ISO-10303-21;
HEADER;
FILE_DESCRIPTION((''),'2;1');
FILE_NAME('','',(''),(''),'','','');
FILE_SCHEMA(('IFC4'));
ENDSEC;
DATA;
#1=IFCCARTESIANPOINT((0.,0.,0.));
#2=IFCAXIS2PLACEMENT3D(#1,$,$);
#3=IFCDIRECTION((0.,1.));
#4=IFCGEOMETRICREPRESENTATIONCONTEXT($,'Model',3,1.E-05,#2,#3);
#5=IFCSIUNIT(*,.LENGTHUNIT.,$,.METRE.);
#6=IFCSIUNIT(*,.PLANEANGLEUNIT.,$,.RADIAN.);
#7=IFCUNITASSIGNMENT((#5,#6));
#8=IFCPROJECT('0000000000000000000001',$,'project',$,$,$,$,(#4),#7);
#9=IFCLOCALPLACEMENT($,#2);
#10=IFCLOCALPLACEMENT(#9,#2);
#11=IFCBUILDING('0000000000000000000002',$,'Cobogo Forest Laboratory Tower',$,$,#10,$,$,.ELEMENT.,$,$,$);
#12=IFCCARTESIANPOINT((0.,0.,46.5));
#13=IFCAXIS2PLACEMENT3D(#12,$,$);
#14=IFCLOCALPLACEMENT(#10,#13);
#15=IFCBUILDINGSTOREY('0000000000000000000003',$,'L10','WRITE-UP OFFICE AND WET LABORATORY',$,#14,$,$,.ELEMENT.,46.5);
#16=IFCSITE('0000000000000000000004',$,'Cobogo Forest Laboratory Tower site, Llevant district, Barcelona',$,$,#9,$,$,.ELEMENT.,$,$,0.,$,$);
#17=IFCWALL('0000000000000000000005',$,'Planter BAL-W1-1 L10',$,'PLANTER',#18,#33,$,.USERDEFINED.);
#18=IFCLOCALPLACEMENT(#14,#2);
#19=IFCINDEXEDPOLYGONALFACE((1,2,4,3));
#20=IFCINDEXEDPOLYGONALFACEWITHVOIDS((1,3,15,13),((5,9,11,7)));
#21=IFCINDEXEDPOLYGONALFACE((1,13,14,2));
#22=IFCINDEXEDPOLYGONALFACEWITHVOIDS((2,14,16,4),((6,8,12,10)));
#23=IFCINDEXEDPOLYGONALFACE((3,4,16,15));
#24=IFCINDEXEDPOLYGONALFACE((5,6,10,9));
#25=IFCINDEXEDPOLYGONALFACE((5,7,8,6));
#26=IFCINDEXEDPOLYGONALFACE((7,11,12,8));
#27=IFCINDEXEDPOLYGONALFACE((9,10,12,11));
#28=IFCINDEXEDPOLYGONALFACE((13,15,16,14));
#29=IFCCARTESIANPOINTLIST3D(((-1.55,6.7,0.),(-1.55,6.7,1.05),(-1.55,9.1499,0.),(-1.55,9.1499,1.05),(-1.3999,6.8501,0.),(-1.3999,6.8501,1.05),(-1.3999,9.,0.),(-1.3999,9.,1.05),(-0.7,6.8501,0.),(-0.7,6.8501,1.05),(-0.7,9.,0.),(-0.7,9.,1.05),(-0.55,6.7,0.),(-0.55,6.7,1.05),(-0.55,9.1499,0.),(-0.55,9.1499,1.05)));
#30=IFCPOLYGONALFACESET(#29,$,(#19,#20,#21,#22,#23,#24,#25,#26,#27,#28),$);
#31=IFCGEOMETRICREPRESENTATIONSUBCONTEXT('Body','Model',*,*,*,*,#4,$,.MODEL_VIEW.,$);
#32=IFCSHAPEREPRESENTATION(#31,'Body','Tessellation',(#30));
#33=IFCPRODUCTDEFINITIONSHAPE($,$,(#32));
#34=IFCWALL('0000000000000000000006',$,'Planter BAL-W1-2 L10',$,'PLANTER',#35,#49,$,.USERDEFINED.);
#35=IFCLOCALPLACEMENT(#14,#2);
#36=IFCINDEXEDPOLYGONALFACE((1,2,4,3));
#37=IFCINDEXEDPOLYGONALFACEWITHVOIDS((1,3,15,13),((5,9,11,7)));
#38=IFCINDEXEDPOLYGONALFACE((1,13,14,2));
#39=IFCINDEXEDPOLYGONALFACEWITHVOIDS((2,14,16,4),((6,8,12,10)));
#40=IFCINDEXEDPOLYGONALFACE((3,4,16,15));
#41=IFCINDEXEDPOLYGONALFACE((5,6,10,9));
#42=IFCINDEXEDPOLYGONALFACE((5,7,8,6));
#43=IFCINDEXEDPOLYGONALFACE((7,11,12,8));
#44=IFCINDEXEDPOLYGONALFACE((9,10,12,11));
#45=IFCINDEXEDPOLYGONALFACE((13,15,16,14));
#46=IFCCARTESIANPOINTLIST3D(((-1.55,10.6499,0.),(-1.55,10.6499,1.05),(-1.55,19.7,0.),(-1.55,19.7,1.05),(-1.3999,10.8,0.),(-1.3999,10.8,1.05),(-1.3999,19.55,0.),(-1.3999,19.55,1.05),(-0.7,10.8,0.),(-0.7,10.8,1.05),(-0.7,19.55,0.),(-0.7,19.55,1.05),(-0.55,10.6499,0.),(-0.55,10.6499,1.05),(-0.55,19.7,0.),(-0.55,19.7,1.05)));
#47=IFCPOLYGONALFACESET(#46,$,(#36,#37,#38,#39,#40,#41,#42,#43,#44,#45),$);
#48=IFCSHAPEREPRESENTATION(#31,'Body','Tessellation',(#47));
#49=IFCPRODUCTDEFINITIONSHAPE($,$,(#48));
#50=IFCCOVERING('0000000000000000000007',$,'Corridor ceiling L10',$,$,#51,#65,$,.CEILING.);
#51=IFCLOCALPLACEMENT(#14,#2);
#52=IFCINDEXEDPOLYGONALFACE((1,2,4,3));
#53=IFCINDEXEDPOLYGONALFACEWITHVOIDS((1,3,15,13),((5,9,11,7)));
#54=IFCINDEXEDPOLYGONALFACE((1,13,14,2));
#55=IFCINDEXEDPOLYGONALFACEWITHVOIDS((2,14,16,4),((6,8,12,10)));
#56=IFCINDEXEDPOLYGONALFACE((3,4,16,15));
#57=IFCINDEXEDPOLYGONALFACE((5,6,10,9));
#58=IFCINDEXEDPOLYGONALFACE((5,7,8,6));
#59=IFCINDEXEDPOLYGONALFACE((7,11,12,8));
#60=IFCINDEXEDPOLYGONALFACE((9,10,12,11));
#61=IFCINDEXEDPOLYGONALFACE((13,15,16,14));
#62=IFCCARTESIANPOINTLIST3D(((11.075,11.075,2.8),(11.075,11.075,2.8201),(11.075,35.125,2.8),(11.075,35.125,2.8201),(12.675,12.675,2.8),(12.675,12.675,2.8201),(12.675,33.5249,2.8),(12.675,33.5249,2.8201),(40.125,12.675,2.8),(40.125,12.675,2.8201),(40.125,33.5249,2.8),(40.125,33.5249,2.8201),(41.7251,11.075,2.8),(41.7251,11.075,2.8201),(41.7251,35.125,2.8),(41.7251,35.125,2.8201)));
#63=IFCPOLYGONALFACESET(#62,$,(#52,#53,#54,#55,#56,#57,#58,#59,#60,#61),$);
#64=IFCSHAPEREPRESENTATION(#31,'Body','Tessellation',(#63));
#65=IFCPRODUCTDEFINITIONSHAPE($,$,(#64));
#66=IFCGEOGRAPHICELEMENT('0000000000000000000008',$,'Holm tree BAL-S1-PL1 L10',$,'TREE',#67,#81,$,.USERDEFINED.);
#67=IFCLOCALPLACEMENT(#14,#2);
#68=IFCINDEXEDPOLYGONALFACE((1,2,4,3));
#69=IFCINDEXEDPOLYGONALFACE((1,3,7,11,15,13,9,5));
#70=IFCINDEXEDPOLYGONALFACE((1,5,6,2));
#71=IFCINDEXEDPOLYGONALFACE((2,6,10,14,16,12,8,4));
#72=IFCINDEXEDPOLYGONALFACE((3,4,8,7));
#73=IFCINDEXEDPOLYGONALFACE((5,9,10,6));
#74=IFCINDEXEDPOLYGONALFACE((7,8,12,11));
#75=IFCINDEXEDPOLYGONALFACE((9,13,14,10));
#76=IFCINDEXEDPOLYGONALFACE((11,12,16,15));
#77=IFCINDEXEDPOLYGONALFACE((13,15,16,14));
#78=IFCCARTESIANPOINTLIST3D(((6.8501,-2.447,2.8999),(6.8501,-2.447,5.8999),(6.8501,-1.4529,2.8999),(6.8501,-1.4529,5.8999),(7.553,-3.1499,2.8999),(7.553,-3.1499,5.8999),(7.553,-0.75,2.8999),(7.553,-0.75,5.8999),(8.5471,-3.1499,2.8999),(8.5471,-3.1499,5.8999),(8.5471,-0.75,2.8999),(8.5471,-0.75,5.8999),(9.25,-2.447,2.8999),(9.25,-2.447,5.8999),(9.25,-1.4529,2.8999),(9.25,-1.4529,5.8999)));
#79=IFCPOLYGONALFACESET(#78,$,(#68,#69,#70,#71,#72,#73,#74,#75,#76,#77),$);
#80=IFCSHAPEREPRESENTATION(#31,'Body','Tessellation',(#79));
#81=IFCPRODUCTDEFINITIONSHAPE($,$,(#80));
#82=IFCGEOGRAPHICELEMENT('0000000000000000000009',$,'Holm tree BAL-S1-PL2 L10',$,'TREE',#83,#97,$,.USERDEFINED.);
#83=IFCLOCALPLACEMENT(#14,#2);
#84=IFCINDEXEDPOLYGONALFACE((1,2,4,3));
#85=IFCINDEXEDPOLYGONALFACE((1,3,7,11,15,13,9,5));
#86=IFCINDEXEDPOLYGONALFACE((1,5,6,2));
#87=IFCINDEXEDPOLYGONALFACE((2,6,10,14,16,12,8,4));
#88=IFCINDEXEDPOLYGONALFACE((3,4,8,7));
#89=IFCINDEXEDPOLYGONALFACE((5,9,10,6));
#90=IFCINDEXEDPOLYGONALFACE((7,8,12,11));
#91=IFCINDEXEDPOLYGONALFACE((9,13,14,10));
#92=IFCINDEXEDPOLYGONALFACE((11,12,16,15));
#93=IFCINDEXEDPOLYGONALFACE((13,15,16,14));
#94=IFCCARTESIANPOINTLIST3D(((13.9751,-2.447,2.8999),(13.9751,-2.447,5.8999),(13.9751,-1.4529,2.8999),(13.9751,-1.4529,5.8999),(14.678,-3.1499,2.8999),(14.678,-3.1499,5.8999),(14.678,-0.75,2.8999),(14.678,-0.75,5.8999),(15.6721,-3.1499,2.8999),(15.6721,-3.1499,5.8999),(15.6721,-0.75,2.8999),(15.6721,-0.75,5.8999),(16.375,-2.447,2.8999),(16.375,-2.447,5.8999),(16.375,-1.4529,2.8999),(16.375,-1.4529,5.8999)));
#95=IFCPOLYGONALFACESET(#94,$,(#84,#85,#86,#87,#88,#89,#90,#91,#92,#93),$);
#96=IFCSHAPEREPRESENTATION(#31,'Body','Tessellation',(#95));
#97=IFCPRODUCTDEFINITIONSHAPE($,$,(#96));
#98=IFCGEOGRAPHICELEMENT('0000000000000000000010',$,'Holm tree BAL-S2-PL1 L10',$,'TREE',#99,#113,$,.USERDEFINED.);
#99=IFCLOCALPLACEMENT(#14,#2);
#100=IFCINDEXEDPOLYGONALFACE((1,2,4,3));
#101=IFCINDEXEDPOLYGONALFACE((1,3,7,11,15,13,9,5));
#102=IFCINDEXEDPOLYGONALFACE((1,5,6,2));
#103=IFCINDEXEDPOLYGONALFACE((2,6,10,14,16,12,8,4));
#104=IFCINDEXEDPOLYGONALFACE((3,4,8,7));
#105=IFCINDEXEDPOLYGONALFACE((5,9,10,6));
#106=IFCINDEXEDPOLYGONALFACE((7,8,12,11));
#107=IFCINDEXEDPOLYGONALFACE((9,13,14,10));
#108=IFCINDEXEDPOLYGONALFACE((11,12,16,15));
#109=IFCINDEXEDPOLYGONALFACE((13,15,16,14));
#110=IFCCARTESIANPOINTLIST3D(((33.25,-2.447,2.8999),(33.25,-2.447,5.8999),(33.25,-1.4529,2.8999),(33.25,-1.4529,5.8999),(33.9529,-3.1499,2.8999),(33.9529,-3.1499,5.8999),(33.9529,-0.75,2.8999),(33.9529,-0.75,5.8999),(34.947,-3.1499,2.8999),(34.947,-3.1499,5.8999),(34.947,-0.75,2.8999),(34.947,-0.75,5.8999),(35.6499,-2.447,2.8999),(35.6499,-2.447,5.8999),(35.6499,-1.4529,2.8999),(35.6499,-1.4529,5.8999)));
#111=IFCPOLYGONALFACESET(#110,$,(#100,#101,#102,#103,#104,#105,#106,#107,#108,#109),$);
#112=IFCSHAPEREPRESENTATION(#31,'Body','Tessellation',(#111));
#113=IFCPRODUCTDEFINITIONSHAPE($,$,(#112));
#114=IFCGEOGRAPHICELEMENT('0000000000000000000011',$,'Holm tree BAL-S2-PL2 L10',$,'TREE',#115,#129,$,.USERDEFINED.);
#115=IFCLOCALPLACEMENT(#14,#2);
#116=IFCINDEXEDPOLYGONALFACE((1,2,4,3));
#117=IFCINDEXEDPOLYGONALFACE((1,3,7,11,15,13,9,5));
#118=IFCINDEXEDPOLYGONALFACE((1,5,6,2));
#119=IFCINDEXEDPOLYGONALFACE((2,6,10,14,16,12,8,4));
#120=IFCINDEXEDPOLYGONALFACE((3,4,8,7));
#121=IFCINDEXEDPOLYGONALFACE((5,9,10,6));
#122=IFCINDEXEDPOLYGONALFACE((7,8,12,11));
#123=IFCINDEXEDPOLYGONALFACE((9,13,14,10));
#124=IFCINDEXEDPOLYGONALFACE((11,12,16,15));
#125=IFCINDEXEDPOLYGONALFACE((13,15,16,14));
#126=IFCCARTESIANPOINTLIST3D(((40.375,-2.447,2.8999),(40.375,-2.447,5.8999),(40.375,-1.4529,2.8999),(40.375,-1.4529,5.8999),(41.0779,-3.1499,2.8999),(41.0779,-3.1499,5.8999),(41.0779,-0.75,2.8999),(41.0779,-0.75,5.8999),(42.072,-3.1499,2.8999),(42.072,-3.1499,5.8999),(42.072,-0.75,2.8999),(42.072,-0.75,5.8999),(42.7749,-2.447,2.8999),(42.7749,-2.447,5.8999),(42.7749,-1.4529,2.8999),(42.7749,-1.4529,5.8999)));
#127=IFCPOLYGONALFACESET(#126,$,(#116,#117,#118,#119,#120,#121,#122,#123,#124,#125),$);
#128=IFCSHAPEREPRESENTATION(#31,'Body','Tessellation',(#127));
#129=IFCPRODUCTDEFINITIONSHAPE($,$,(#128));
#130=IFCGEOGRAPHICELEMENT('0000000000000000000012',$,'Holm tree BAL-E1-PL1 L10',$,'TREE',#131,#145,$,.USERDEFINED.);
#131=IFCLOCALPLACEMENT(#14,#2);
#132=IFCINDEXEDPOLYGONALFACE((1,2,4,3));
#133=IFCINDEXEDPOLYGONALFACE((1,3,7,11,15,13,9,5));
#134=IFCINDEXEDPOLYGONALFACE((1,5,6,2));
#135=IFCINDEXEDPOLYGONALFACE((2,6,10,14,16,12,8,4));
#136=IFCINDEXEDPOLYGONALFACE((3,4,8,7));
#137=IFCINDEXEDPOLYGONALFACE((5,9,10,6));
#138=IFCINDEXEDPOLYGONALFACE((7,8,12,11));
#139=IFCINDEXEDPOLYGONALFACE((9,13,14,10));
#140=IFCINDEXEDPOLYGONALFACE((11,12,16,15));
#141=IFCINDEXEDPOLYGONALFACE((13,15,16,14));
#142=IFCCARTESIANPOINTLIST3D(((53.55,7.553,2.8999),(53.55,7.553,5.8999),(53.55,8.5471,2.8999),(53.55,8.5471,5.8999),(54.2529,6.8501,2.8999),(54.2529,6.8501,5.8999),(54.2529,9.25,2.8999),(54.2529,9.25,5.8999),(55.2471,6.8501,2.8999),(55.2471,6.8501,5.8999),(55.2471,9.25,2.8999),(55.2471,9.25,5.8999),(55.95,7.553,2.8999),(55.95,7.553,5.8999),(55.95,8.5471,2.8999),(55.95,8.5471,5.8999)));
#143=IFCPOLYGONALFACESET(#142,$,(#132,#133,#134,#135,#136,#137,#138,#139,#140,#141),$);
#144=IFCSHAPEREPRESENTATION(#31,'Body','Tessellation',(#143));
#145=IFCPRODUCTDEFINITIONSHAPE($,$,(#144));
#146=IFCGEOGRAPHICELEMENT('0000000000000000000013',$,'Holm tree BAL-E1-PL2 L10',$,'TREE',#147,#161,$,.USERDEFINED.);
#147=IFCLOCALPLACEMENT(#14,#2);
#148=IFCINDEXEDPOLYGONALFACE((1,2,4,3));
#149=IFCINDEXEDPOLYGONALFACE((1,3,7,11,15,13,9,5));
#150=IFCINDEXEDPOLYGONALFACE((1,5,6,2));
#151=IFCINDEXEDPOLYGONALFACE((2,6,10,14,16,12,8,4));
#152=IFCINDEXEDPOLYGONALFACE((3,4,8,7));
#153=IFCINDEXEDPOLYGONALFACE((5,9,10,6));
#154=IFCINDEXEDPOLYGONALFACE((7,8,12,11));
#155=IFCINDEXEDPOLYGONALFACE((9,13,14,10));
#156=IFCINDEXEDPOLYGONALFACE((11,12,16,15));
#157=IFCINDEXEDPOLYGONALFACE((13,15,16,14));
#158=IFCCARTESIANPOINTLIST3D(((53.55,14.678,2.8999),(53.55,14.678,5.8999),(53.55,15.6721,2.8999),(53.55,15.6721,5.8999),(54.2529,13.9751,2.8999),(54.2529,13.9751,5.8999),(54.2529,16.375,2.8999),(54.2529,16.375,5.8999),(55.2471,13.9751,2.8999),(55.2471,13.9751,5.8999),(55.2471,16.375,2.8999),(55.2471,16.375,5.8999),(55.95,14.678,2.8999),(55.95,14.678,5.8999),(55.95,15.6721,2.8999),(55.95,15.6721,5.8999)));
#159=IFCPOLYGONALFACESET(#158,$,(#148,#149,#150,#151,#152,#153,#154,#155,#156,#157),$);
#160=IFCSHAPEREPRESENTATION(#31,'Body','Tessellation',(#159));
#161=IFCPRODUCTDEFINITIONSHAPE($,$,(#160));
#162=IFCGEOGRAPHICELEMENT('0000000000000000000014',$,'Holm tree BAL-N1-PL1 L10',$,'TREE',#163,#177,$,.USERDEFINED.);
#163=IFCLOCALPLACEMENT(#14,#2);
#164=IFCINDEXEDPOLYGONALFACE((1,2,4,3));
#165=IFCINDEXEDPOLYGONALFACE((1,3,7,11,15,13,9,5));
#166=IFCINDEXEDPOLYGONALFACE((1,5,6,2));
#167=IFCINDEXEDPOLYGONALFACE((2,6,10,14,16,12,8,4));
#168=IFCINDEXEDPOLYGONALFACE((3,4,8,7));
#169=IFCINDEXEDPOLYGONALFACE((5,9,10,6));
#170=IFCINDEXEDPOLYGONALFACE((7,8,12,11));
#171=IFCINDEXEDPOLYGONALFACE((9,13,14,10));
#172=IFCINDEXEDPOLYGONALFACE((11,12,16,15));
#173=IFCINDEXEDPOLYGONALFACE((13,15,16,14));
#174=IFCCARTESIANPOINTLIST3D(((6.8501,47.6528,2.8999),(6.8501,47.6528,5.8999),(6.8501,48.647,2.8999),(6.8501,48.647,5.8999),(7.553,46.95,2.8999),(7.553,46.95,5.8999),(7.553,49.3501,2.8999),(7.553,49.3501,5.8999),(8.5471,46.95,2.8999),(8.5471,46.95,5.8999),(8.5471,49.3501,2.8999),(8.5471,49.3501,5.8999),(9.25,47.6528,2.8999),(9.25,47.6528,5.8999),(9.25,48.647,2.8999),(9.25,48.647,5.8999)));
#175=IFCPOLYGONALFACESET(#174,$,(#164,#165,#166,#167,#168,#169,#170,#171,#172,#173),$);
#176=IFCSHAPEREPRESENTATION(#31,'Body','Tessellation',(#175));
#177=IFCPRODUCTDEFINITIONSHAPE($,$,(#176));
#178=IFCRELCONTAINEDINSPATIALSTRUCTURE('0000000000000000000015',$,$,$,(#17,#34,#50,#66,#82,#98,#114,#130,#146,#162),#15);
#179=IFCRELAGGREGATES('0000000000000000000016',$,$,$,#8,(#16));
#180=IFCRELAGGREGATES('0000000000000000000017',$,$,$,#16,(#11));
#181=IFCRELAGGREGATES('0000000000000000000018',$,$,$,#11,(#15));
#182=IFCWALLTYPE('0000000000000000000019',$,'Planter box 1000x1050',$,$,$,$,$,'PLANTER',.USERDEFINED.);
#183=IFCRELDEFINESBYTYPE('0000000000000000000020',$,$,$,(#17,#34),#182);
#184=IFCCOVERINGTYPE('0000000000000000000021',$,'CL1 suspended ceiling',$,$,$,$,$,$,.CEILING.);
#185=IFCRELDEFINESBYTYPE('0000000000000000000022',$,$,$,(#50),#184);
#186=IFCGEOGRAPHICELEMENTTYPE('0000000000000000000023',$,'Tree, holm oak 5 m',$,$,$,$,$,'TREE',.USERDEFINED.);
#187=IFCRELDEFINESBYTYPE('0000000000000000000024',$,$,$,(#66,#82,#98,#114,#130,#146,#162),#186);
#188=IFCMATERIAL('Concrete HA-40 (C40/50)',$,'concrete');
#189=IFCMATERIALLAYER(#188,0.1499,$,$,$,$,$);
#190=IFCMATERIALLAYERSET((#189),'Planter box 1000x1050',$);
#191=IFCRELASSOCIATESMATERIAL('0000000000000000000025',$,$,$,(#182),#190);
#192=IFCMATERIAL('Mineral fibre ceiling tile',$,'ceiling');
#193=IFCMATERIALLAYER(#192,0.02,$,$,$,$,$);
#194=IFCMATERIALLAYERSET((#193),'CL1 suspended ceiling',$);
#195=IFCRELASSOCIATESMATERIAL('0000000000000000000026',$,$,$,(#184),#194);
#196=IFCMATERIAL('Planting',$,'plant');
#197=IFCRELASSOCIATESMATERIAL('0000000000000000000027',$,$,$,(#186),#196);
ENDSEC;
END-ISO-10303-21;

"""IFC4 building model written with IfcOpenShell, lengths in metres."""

from ifc_helpers import new_model, si_unit, direction, frame, origin, place, context, subcontext, project, spatial, polyline, outline, extrude, material, layer, layer_set, type_object, element, save


model = new_model("IFC4")

# Units and contexts
model_context = context("Model", 3, precision=1e-05, world=origin(), true_north=direction((0.0, 1.0)))
body_context = subcontext(model_context, "Body", "Model", "MODEL_VIEW")
ifc_project = project(units=[si_unit("LENGTHUNIT", "METRE"), si_unit("PLANEANGLEUNIT", "RADIAN")], contexts=[model_context])

# Site, building, storey
site_placement = place(None, origin())
site = spatial("IfcSite", under=ifc_project, at=site_placement, Name="Cobogo Forest Laboratory Tower site, Llevant district, Barcelona", CompositionType="ELEMENT", RefElevation=0.0)
building_placement = place(site_placement, origin())
building = spatial("IfcBuilding", under=site, at=building_placement, Name="Cobogo Forest Laboratory Tower", CompositionType="ELEMENT")
storey_placement = place(building_placement, frame((0.0, 0.0, 46.5)))
storey = spatial("IfcBuildingStorey", under=building, at=storey_placement, Name="L10", Description="WRITE-UP OFFICE AND WET LABORATORY", CompositionType="ELEMENT", Elevation=46.5)

# Shared definitions
ifc_material_1 = material(Name="Concrete HA-40 (C40/50)", Category="concrete")

# Walls
ifc_layer_1 = layer(ifc_material_1, 0.1499)
ifc_layer_set_1 = layer_set([ifc_layer_1], Name="Planter box 1000x1050")
wall_type = type_object("IfcWallType", Name="Planter box 1000x1050", ElementType="PLANTER", PredefinedType="USERDEFINED", material=ifc_layer_set_1)
wall_1_placement = place(storey_placement, origin())
element("IfcWall", 1, at=wall_1_placement, inside=storey, type_object=wall_type, Name="Planter BAL-W1-1 L10", ObjectType="PLANTER", PredefinedType="USERDEFINED", context=body_context, shape_type="SweptSolid", body=[
    extrude(outline(polyline([(-1.55, 6.7), (-0.55, 6.7), (-0.55, 9.1499), (-1.55, 9.1499), (-1.55, 6.7)]), holes=[polyline([(-1.3999, 6.8501), (-0.7, 6.8501), (-0.7, 9.0), (-1.3999, 9.0), (-1.3999, 6.8501)])]), origin(), (0.0, 0.0, 1.0), 1.05),
])
wall_2_placement = place(storey_placement, origin())
element("IfcWall", 2, at=wall_2_placement, inside=storey, type_object=wall_type, Name="Planter BAL-W1-2 L10", ObjectType="PLANTER", PredefinedType="USERDEFINED", context=body_context, shape_type="SweptSolid", body=[
    extrude(outline(polyline([(-1.55, 10.6499), (-0.55, 10.6499), (-0.55, 19.7), (-1.55, 19.7), (-1.55, 10.6499)]), holes=[polyline([(-1.3999, 10.8), (-0.7, 10.8), (-0.7, 19.55), (-1.3999, 19.55), (-1.3999, 10.8)])]), origin(), (0.0, 0.0, 1.0), 1.05),
])

# Covering
ifc_material_2 = material(Name="Mineral fibre ceiling tile", Category="ceiling")
ifc_layer_2 = layer(ifc_material_2, 0.02)
ifc_layer_set_2 = layer_set([ifc_layer_2], Name="CL1 suspended ceiling")
covering_type = type_object("IfcCoveringType", Name="CL1 suspended ceiling", PredefinedType="CEILING", material=ifc_layer_set_2)
covering_placement = place(storey_placement, frame((0.0, 0.0, 2.8)))
element("IfcCovering", 3, at=covering_placement, inside=storey, type_object=covering_type, Name="Corridor ceiling L10", PredefinedType="CEILING", context=body_context, shape_type="SweptSolid", body=[
    extrude(outline(polyline([(11.075, 11.075), (11.075, 35.125), (41.7251, 35.125), (41.7251, 11.075), (11.075, 11.075)]), holes=[polyline([(40.125, 33.5249), (12.675, 33.5249), (12.675, 12.675), (40.125, 12.675), (40.125, 33.5249)])]), origin(), (0.0, 0.0, 1.0), 0.02),
])

# Geographic elements
ifc_material_3 = material(Name="Planting", Category="plant")
geographic_element_type = type_object("IfcGeographicElementType", Name="Tree, holm oak 5 m", ElementType="TREE", PredefinedType="USERDEFINED", material=ifc_material_3)
geographic_element_1_placement = place(storey_placement, frame((0.0, 0.0, 2.8999)))
element("IfcGeographicElement", 4, at=geographic_element_1_placement, inside=storey, type_object=geographic_element_type, Name="Holm tree BAL-S1-PL1 L10", ObjectType="TREE", PredefinedType="USERDEFINED", context=body_context, shape_type="SweptSolid", body=[
    extrude(outline(polyline([(9.25, -2.447), (9.25, -1.4529), (8.5471, -0.75), (7.553, -0.75), (6.8501, -1.4529), (6.8501, -2.447), (7.553, -3.1499), (8.5471, -3.1499), (9.25, -2.447)])), origin(), (0.0, 0.0, 1.0), 3.0),
])
geographic_element_2_placement = place(storey_placement, frame((0.0, 0.0, 2.8999)))
element("IfcGeographicElement", 5, at=geographic_element_2_placement, inside=storey, type_object=geographic_element_type, Name="Holm tree BAL-S1-PL2 L10", ObjectType="TREE", PredefinedType="USERDEFINED", context=body_context, shape_type="SweptSolid", body=[
    extrude(outline(polyline([(16.375, -2.447), (16.375, -1.4529), (15.6721, -0.75), (14.678, -0.75), (13.9751, -1.4529), (13.9751, -2.447), (14.678, -3.1499), (15.6721, -3.1499), (16.375, -2.447)])), origin(), (0.0, 0.0, 1.0), 3.0),
])
geographic_element_3_placement = place(storey_placement, frame((0.0, 0.0, 2.8999)))
element("IfcGeographicElement", 6, at=geographic_element_3_placement, inside=storey, type_object=geographic_element_type, Name="Holm tree BAL-S2-PL1 L10", ObjectType="TREE", PredefinedType="USERDEFINED", context=body_context, shape_type="SweptSolid", body=[
    extrude(outline(polyline([(35.6499, -2.447), (35.6499, -1.4529), (34.947, -0.75), (33.9529, -0.75), (33.25, -1.4529), (33.25, -2.447), (33.9529, -3.1499), (34.947, -3.1499), (35.6499, -2.447)])), origin(), (0.0, 0.0, 1.0), 3.0),
])
geographic_element_4_placement = place(storey_placement, frame((0.0, 0.0, 2.8999)))
element("IfcGeographicElement", 7, at=geographic_element_4_placement, inside=storey, type_object=geographic_element_type, Name="Holm tree BAL-S2-PL2 L10", ObjectType="TREE", PredefinedType="USERDEFINED", context=body_context, shape_type="SweptSolid", body=[
    extrude(outline(polyline([(42.7749, -2.447), (42.7749, -1.4529), (42.072, -0.75), (41.0779, -0.75), (40.375, -1.4529), (40.375, -2.447), (41.0779, -3.1499), (42.072, -3.1499), (42.7749, -2.447)])), origin(), (0.0, 0.0, 1.0), 3.0),
])
geographic_element_5_placement = place(storey_placement, frame((0.0, 0.0, 2.8999)))
element("IfcGeographicElement", 8, at=geographic_element_5_placement, inside=storey, type_object=geographic_element_type, Name="Holm tree BAL-E1-PL1 L10", ObjectType="TREE", PredefinedType="USERDEFINED", context=body_context, shape_type="SweptSolid", body=[
    extrude(outline(polyline([(55.95, 7.553), (55.95, 8.5471), (55.2471, 9.25), (54.2529, 9.25), (53.55, 8.5471), (53.55, 7.553), (54.2529, 6.8501), (55.2471, 6.8501), (55.95, 7.553)])), origin(), (0.0, 0.0, 1.0), 3.0),
])
geographic_element_6_placement = place(storey_placement, frame((0.0, 0.0, 2.8999)))
element("IfcGeographicElement", 9, at=geographic_element_6_placement, inside=storey, type_object=geographic_element_type, Name="Holm tree BAL-E1-PL2 L10", ObjectType="TREE", PredefinedType="USERDEFINED", context=body_context, shape_type="SweptSolid", body=[
    extrude(outline(polyline([(55.95, 14.678), (55.95, 15.6721), (55.2471, 16.375), (54.2529, 16.375), (53.55, 15.6721), (53.55, 14.678), (54.2529, 13.9751), (55.2471, 13.9751), (55.95, 14.678)])), origin(), (0.0, 0.0, 1.0), 3.0),
])
geographic_element_7_placement = place(storey_placement, frame((0.0, 0.0, 2.8999)))
element("IfcGeographicElement", 10, at=geographic_element_7_placement, inside=storey, type_object=geographic_element_type, Name="Holm tree BAL-N1-PL1 L10", ObjectType="TREE", PredefinedType="USERDEFINED", context=body_context, shape_type="SweptSolid", body=[
    extrude(outline(polyline([(9.25, 47.6528), (9.25, 48.647), (8.5471, 49.3501), (7.553, 49.3501), (6.8501, 48.647), (6.8501, 47.6528), (7.553, 46.95), (8.5471, 46.95), (9.25, 47.6528)])), origin(), (0.0, 0.0, 1.0), 3.0),
])

save(model, "model.ifc")
